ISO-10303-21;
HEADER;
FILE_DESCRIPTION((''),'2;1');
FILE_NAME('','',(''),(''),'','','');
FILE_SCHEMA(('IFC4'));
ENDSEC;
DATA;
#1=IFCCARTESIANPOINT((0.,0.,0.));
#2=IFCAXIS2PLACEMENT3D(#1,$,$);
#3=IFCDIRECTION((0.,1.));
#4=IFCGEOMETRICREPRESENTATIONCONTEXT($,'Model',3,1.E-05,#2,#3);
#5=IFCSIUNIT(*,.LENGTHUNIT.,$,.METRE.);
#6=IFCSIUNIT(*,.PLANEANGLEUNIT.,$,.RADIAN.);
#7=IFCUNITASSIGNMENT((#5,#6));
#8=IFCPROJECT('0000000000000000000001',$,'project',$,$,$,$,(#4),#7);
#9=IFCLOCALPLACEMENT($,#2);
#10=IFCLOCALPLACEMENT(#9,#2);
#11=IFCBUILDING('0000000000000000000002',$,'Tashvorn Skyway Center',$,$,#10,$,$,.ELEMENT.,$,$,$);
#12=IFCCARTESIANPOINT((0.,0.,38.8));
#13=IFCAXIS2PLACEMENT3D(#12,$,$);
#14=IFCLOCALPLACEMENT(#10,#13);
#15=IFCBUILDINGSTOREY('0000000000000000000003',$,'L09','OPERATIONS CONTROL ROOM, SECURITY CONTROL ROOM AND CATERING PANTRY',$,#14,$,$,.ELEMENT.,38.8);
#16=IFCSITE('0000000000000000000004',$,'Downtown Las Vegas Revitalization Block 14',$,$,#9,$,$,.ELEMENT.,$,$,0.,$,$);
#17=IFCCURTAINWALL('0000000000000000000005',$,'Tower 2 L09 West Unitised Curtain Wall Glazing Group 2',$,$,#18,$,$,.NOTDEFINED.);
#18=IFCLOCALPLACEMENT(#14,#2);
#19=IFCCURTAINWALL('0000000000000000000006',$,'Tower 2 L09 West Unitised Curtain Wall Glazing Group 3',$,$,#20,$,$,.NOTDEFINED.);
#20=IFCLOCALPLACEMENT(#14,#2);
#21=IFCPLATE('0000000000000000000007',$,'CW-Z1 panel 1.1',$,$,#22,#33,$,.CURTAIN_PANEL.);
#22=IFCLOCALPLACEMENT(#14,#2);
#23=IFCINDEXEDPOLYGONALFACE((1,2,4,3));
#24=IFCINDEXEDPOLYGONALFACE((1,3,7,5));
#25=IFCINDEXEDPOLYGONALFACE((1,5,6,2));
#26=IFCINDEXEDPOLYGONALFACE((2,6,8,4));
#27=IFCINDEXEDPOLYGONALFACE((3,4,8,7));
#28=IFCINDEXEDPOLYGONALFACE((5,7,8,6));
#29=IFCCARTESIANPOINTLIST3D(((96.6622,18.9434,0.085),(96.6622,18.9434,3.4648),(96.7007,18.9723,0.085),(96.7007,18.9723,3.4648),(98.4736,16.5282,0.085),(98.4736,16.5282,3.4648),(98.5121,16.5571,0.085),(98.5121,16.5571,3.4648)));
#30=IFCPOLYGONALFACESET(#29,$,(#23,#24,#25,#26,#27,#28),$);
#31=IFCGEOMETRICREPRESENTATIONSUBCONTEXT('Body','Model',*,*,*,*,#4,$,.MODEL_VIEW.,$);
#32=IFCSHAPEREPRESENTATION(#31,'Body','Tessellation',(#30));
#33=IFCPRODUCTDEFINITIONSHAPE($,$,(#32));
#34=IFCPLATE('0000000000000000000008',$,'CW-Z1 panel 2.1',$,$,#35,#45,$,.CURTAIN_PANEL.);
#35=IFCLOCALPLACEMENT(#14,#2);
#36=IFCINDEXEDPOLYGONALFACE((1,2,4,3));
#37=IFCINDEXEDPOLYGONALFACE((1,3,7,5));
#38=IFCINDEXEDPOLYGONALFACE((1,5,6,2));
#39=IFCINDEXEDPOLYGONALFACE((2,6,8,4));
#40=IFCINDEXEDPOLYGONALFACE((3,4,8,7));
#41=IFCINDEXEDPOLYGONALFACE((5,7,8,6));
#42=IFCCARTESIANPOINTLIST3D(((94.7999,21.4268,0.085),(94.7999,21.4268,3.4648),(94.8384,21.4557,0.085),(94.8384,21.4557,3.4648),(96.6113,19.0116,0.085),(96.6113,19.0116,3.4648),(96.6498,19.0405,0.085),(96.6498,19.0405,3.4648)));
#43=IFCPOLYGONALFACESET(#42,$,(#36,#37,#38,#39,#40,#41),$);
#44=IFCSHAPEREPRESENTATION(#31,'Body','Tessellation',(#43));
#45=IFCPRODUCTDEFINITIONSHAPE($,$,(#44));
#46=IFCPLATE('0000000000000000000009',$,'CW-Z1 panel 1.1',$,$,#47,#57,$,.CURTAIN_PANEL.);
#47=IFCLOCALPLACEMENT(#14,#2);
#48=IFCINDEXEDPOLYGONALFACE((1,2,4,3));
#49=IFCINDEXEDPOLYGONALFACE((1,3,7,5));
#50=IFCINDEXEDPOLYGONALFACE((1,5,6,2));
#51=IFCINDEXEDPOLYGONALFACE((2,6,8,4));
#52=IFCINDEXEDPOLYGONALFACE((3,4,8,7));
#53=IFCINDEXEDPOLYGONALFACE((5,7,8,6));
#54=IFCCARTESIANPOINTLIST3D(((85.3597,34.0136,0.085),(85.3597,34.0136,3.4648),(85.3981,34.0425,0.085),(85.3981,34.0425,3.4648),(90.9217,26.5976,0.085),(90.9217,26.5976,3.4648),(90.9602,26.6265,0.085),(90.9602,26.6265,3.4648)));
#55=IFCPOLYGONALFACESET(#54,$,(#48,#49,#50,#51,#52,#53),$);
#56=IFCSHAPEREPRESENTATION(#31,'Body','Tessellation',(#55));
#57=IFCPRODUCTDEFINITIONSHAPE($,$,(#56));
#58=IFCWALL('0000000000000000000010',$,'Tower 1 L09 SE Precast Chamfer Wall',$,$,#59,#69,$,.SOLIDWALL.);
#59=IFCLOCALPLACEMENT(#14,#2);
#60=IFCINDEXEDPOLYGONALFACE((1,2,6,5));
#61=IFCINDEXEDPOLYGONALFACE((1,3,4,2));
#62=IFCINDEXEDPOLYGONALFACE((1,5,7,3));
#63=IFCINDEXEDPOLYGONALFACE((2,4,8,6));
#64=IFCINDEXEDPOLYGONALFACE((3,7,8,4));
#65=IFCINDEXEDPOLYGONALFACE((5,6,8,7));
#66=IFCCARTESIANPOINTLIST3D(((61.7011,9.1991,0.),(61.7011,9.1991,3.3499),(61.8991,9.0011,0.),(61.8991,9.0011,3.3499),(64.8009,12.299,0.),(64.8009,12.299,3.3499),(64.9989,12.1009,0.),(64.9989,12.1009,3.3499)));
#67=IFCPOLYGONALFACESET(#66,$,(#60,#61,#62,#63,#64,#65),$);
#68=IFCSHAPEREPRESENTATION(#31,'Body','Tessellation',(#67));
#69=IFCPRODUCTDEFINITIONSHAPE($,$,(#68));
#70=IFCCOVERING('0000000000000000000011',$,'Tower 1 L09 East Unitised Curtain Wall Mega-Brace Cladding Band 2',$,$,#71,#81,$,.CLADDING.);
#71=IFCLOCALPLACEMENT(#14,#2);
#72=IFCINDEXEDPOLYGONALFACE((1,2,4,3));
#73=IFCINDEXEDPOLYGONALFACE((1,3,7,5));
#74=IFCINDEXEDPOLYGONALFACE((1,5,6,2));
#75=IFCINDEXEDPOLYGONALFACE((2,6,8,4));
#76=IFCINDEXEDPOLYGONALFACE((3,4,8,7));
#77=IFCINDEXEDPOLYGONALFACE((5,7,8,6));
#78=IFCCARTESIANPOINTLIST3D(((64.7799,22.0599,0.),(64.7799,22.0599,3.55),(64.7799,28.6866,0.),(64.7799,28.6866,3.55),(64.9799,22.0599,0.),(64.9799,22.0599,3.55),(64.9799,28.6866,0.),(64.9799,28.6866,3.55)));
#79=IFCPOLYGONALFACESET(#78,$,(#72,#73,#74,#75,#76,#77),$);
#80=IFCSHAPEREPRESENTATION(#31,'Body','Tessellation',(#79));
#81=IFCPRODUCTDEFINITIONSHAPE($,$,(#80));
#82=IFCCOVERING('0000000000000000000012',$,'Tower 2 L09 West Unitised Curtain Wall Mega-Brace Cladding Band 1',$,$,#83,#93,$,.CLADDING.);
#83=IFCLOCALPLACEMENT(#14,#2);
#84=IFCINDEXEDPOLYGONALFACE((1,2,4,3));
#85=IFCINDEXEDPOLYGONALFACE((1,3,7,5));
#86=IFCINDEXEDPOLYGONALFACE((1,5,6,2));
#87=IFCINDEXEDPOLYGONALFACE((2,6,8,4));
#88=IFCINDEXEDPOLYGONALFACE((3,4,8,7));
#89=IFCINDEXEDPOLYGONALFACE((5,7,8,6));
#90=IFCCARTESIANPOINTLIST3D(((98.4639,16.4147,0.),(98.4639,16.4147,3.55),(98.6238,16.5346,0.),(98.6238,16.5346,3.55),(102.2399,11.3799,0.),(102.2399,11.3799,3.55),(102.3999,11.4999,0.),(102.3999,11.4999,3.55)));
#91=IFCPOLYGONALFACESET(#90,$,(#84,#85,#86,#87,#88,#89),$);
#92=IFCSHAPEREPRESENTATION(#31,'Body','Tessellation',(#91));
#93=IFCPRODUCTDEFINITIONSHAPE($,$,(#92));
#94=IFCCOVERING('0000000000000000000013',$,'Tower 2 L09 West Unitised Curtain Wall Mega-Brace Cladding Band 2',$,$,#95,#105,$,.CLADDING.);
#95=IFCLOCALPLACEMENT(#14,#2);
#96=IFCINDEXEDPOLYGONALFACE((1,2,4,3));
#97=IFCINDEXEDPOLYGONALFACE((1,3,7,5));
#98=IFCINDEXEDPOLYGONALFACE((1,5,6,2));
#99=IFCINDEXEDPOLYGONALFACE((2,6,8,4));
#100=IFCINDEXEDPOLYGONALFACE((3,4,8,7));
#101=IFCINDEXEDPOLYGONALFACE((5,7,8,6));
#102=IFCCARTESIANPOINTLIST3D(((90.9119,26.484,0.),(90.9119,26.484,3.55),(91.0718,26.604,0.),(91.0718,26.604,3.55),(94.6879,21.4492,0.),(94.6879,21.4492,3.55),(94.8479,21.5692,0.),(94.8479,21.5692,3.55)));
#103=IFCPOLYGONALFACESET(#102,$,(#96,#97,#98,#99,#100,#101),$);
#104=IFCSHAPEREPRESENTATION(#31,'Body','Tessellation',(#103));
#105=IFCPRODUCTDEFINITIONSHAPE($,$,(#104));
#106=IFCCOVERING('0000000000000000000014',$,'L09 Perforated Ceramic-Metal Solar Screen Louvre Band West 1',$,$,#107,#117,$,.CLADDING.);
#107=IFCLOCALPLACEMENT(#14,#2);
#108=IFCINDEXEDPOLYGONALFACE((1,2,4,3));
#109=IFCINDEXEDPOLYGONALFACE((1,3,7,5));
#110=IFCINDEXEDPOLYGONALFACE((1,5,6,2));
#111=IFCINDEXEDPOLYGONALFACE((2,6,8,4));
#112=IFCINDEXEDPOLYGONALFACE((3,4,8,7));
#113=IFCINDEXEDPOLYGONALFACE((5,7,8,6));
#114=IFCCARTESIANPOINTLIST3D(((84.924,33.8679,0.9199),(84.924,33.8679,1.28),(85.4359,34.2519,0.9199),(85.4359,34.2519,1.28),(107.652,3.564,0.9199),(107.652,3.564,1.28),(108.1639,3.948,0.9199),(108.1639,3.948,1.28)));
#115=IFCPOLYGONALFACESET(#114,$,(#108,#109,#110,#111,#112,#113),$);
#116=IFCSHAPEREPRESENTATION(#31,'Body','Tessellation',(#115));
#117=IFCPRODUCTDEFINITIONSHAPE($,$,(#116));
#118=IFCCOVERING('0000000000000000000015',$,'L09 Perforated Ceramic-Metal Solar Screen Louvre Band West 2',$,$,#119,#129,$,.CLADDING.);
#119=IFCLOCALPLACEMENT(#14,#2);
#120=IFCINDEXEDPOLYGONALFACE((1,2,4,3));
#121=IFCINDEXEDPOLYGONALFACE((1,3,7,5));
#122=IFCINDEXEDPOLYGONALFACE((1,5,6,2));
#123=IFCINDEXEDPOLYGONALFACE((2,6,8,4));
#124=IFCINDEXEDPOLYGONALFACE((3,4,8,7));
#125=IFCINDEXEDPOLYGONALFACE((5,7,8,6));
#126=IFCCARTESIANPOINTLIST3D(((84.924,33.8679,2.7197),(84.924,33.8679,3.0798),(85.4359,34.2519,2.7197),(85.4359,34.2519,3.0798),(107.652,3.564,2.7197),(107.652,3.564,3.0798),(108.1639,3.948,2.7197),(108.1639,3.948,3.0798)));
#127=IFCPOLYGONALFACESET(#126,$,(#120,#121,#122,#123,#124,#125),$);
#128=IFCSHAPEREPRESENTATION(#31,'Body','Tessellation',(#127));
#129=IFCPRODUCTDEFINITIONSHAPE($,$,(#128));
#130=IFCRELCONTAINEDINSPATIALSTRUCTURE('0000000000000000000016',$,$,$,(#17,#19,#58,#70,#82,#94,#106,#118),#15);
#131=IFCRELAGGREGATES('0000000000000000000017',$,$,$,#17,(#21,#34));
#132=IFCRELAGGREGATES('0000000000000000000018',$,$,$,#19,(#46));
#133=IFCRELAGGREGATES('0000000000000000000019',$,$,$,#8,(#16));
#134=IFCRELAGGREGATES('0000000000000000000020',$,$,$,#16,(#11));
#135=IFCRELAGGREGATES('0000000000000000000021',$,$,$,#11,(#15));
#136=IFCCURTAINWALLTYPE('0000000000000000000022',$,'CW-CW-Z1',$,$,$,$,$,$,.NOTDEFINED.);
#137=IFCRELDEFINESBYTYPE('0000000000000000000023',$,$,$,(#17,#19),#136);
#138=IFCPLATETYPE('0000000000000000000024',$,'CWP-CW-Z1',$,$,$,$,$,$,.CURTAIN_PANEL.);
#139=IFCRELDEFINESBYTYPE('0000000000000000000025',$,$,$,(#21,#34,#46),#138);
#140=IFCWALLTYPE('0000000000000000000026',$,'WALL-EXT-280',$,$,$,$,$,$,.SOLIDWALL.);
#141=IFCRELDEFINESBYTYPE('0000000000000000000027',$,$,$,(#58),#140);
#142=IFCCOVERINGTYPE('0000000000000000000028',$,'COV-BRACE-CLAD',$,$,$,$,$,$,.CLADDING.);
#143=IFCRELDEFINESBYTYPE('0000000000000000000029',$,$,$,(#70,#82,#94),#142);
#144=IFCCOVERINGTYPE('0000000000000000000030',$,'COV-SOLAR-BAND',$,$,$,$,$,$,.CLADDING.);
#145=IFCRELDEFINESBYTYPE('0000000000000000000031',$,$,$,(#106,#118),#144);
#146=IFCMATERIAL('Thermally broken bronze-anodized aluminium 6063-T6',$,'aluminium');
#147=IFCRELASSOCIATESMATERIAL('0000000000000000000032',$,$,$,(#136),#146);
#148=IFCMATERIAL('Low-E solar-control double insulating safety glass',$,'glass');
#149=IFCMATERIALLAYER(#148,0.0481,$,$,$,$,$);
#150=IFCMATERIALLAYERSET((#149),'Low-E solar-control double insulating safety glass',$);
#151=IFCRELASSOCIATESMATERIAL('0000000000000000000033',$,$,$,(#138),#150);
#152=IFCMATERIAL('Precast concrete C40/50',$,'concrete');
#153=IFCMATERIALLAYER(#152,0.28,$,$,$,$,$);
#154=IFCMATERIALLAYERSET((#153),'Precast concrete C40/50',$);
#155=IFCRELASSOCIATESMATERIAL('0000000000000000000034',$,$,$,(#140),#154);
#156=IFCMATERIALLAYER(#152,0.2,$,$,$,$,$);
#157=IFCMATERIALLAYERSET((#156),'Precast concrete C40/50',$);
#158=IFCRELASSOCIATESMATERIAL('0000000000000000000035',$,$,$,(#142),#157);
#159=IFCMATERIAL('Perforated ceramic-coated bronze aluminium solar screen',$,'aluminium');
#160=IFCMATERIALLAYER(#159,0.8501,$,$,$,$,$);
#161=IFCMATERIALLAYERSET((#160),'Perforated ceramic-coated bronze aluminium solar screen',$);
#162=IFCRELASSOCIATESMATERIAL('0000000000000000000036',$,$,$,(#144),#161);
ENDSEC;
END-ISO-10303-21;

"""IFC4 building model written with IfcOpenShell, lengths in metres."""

from ifc_helpers import new_model, si_unit, direction, frame, frame_2d, origin, origin_2d, place, context, subcontext, project, spatial, rectangle, extrude, material, layer, layer_set, type_object, element, aggregate, save


model = new_model("IFC4")

# Units and contexts
model_context = context("Model", 3, precision=1e-05, world=origin(), true_north=direction((0.0, 1.0)))
body_context = subcontext(model_context, "Body", "Model", "MODEL_VIEW")
ifc_project = project(units=[si_unit("LENGTHUNIT", "METRE"), si_unit("PLANEANGLEUNIT", "RADIAN")], contexts=[model_context])

# Site, building, storey
site_placement = place(None, origin())
site = spatial("IfcSite", under=ifc_project, at=site_placement, Name="Downtown Las Vegas Revitalization Block 14", CompositionType="ELEMENT", RefElevation=0.0)
building_placement = place(site_placement, origin())
building = spatial("IfcBuilding", under=site, at=building_placement, Name="Tashvorn Skyway Center", CompositionType="ELEMENT")
storey_placement = place(building_placement, frame((0.0, 0.0, 38.8)))
storey = spatial("IfcBuildingStorey", under=building, at=storey_placement, Name="L09", Description="OPERATIONS CONTROL ROOM, SECURITY CONTROL ROOM AND CATERING PANTRY", CompositionType="ELEMENT", Elevation=38.8)

# Curtain wall
ifc_material_1 = material(Name="Thermally broken bronze-anodized aluminium 6063-T6", Category="aluminium")
curtain_wall_type = type_object("IfcCurtainWallType", Name="CW-CW-Z1", PredefinedType="NOTDEFINED", material=ifc_material_1)
curtain_wall_1_placement = place(storey_placement, origin())
curtain_wall_1 = element("IfcCurtainWall", 1, at=curtain_wall_1_placement, inside=storey, type_object=curtain_wall_type, Name="Tower 2 L09 West Unitised Curtain Wall Glazing Group 2", PredefinedType="NOTDEFINED")

# Curtain wall
curtain_wall_2_placement = place(storey_placement, origin())
curtain_wall_2 = element("IfcCurtainWall", 2, at=curtain_wall_2_placement, inside=storey, type_object=curtain_wall_type, Name="Tower 2 L09 West Unitised Curtain Wall Glazing Group 3", PredefinedType="NOTDEFINED")

# Shared definitions
ifc_material_2 = material(Name="Low-E solar-control double insulating safety glass", Category="glass")
ifc_layer_1 = layer(ifc_material_2, 0.0481)
ifc_layer_set_1 = layer_set([ifc_layer_1], Name="Low-E solar-control double insulating safety glass")
plate_type = type_object("IfcPlateType", Name="CWP-CW-Z1", PredefinedType="CURTAIN_PANEL", material=ifc_layer_set_1)

# Plates
plate_1_placement = place(storey_placement, frame((97.5872, 17.7502, 0.085), z_axis=(0.0, 0.0, 1.0), x_axis=(-0.600005, 0.799996, 0.0)))
plate_1 = element("IfcPlate", 3, at=plate_1_placement, type_object=plate_type, Name="CW-Z1 panel 1.1", PredefinedType="CURTAIN_PANEL", context=body_context, shape_type="SweptSolid", body=[
    extrude(rectangle(XDim=3.019, YDim=0.0481, at=origin_2d()), origin(), (0.0, 0.0, 1.0), 3.3799),
])
plate_2_placement = place(storey_placement, frame((95.7249, 20.2336, 0.085), z_axis=(0.0, 0.0, 1.0), x_axis=(-0.600005, 0.799996, 0.0)))
plate_2 = element("IfcPlate", 4, at=plate_2_placement, type_object=plate_type, Name="CW-Z1 panel 2.1", PredefinedType="CURTAIN_PANEL", context=body_context, shape_type="SweptSolid", body=[
    extrude(rectangle(XDim=3.019, YDim=0.0481, at=origin_2d()), origin(), (0.0, 0.0, 1.0), 3.3799),
])
aggregate(curtain_wall_1, [plate_1, plate_2])
plate_3_placement = place(storey_placement, frame((88.1599, 30.3201, 0.085), z_axis=(0.0, 0.0, 1.0), x_axis=(-0.6, 0.8, 0.0)))
plate_3 = element("IfcPlate", 5, at=plate_3_placement, type_object=plate_type, Name="CW-Z1 panel 1.1", PredefinedType="CURTAIN_PANEL", context=body_context, shape_type="SweptSolid", body=[
    extrude(rectangle(XDim=9.27, YDim=0.0481, at=origin_2d()), origin(), (0.0, 0.0, 1.0), 3.3799),
])
aggregate(curtain_wall_2, [plate_3])

# Wall
ifc_material_3 = material(Name="Precast concrete C40/50", Category="concrete")
ifc_layer_2 = layer(ifc_material_3, 0.28)
ifc_layer_set_2 = layer_set([ifc_layer_2], Name="Precast concrete C40/50")
wall_type = type_object("IfcWallType", Name="WALL-EXT-280", PredefinedType="SOLIDWALL", material=ifc_layer_set_2)
wall_placement = place(storey_placement, frame((64.8999, 12.2, 0.0), z_axis=(0.0, 0.0, 1.0), x_axis=(-0.707107, -0.707107, 0.0)))
element("IfcWall", 6, at=wall_placement, inside=storey, type_object=wall_type, Name="Tower 1 L09 SE Precast Chamfer Wall", PredefinedType="SOLIDWALL", context=body_context, shape_type="SweptSolid", body=[
    extrude(rectangle(XDim=4.3838, YDim=0.28, at=frame_2d((2.1919, 0.0))), origin(), (0.0, 0.0, 1.0), 3.3499),
])

# Coverings
ifc_layer_3 = layer(ifc_material_3, 0.2)
ifc_layer_set_3 = layer_set([ifc_layer_3], Name="Precast concrete C40/50")
covering_type_1 = type_object("IfcCoveringType", Name="COV-BRACE-CLAD", PredefinedType="CLADDING", material=ifc_layer_set_3)
covering_placement = place(storey_placement, frame((64.8799, 25.3733, 0.0), z_axis=(0.0, 0.0, 1.0), x_axis=(0.0, -1.0, 0.0)))
element("IfcCovering", 7, at=covering_placement, inside=storey, type_object=covering_type_1, Name="Tower 1 L09 East Unitised Curtain Wall Mega-Brace Cladding Band 2", PredefinedType="CLADDING", context=body_context, shape_type="SweptSolid", body=[
    extrude(rectangle(XDim=6.6267, YDim=0.2, at=origin_2d()), origin(), (0.0, 0.0, 1.0), 3.55),
])
for number, where, z_axis, x_axis, name in (
    (8, (100.4319, 13.9573, 0.0), (0.0, 0.0, 1.0), (-0.6, 0.8, 0.0), "Tower 2 L09 West Unitised Curtain Wall Mega-Brace Cladding Band 1"),
    (9, (92.8799, 24.0266, 0.0), (0.0, 0.0, 1.0), (-0.6, 0.8, 0.0), "Tower 2 L09 West Unitised Curtain Wall Mega-Brace Cladding Band 2"),
):
    element("IfcCovering", number, at=place(storey_placement, frame(where, z_axis=z_axis, x_axis=x_axis)), inside=storey, type_object=covering_type_1, Name=name, PredefinedType="CLADDING", context=body_context, shape_type="SweptSolid", body=[
        extrude(rectangle(XDim=6.2935, YDim=0.2, at=origin_2d()), origin(), (0.0, 0.0, 1.0), 3.55),
    ])
ifc_material_4 = material(Name="Perforated ceramic-coated bronze aluminium solar screen", Category="aluminium")
ifc_layer_4 = layer(ifc_material_4, 0.8501)
ifc_layer_set_4 = layer_set([ifc_layer_4], Name="Perforated ceramic-coated bronze aluminium solar screen")
covering_type_2 = type_object("IfcCoveringType", Name="COV-SOLAR-BAND", PredefinedType="CLADDING", material=ifc_layer_set_4)
for number, where, z_axis, x_axis, name in (
    (10, (96.5439, 18.908, 0.9199), (0.0, 0.0, 1.0), (-0.6, 0.8, 0.0), "L09 Perforated Ceramic-Metal Solar Screen Louvre Band West 1"),
    (11, (96.5439, 18.908, 2.7197), (0.0, 0.0, 1.0), (-0.6, 0.8, 0.0), "L09 Perforated Ceramic-Metal Solar Screen Louvre Band West 2"),
):
    element("IfcCovering", number, at=place(storey_placement, frame(where, z_axis=z_axis, x_axis=x_axis)), inside=storey, type_object=covering_type_2, Name=name, PredefinedType="CLADDING", context=body_context, shape_type="SweptSolid", body=[
        extrude(rectangle(XDim=37.8799, YDim=0.6399, at=origin_2d()), origin(), (0.0, 0.0, 1.0), 0.3601),
    ])

save(model, "model.ifc")
